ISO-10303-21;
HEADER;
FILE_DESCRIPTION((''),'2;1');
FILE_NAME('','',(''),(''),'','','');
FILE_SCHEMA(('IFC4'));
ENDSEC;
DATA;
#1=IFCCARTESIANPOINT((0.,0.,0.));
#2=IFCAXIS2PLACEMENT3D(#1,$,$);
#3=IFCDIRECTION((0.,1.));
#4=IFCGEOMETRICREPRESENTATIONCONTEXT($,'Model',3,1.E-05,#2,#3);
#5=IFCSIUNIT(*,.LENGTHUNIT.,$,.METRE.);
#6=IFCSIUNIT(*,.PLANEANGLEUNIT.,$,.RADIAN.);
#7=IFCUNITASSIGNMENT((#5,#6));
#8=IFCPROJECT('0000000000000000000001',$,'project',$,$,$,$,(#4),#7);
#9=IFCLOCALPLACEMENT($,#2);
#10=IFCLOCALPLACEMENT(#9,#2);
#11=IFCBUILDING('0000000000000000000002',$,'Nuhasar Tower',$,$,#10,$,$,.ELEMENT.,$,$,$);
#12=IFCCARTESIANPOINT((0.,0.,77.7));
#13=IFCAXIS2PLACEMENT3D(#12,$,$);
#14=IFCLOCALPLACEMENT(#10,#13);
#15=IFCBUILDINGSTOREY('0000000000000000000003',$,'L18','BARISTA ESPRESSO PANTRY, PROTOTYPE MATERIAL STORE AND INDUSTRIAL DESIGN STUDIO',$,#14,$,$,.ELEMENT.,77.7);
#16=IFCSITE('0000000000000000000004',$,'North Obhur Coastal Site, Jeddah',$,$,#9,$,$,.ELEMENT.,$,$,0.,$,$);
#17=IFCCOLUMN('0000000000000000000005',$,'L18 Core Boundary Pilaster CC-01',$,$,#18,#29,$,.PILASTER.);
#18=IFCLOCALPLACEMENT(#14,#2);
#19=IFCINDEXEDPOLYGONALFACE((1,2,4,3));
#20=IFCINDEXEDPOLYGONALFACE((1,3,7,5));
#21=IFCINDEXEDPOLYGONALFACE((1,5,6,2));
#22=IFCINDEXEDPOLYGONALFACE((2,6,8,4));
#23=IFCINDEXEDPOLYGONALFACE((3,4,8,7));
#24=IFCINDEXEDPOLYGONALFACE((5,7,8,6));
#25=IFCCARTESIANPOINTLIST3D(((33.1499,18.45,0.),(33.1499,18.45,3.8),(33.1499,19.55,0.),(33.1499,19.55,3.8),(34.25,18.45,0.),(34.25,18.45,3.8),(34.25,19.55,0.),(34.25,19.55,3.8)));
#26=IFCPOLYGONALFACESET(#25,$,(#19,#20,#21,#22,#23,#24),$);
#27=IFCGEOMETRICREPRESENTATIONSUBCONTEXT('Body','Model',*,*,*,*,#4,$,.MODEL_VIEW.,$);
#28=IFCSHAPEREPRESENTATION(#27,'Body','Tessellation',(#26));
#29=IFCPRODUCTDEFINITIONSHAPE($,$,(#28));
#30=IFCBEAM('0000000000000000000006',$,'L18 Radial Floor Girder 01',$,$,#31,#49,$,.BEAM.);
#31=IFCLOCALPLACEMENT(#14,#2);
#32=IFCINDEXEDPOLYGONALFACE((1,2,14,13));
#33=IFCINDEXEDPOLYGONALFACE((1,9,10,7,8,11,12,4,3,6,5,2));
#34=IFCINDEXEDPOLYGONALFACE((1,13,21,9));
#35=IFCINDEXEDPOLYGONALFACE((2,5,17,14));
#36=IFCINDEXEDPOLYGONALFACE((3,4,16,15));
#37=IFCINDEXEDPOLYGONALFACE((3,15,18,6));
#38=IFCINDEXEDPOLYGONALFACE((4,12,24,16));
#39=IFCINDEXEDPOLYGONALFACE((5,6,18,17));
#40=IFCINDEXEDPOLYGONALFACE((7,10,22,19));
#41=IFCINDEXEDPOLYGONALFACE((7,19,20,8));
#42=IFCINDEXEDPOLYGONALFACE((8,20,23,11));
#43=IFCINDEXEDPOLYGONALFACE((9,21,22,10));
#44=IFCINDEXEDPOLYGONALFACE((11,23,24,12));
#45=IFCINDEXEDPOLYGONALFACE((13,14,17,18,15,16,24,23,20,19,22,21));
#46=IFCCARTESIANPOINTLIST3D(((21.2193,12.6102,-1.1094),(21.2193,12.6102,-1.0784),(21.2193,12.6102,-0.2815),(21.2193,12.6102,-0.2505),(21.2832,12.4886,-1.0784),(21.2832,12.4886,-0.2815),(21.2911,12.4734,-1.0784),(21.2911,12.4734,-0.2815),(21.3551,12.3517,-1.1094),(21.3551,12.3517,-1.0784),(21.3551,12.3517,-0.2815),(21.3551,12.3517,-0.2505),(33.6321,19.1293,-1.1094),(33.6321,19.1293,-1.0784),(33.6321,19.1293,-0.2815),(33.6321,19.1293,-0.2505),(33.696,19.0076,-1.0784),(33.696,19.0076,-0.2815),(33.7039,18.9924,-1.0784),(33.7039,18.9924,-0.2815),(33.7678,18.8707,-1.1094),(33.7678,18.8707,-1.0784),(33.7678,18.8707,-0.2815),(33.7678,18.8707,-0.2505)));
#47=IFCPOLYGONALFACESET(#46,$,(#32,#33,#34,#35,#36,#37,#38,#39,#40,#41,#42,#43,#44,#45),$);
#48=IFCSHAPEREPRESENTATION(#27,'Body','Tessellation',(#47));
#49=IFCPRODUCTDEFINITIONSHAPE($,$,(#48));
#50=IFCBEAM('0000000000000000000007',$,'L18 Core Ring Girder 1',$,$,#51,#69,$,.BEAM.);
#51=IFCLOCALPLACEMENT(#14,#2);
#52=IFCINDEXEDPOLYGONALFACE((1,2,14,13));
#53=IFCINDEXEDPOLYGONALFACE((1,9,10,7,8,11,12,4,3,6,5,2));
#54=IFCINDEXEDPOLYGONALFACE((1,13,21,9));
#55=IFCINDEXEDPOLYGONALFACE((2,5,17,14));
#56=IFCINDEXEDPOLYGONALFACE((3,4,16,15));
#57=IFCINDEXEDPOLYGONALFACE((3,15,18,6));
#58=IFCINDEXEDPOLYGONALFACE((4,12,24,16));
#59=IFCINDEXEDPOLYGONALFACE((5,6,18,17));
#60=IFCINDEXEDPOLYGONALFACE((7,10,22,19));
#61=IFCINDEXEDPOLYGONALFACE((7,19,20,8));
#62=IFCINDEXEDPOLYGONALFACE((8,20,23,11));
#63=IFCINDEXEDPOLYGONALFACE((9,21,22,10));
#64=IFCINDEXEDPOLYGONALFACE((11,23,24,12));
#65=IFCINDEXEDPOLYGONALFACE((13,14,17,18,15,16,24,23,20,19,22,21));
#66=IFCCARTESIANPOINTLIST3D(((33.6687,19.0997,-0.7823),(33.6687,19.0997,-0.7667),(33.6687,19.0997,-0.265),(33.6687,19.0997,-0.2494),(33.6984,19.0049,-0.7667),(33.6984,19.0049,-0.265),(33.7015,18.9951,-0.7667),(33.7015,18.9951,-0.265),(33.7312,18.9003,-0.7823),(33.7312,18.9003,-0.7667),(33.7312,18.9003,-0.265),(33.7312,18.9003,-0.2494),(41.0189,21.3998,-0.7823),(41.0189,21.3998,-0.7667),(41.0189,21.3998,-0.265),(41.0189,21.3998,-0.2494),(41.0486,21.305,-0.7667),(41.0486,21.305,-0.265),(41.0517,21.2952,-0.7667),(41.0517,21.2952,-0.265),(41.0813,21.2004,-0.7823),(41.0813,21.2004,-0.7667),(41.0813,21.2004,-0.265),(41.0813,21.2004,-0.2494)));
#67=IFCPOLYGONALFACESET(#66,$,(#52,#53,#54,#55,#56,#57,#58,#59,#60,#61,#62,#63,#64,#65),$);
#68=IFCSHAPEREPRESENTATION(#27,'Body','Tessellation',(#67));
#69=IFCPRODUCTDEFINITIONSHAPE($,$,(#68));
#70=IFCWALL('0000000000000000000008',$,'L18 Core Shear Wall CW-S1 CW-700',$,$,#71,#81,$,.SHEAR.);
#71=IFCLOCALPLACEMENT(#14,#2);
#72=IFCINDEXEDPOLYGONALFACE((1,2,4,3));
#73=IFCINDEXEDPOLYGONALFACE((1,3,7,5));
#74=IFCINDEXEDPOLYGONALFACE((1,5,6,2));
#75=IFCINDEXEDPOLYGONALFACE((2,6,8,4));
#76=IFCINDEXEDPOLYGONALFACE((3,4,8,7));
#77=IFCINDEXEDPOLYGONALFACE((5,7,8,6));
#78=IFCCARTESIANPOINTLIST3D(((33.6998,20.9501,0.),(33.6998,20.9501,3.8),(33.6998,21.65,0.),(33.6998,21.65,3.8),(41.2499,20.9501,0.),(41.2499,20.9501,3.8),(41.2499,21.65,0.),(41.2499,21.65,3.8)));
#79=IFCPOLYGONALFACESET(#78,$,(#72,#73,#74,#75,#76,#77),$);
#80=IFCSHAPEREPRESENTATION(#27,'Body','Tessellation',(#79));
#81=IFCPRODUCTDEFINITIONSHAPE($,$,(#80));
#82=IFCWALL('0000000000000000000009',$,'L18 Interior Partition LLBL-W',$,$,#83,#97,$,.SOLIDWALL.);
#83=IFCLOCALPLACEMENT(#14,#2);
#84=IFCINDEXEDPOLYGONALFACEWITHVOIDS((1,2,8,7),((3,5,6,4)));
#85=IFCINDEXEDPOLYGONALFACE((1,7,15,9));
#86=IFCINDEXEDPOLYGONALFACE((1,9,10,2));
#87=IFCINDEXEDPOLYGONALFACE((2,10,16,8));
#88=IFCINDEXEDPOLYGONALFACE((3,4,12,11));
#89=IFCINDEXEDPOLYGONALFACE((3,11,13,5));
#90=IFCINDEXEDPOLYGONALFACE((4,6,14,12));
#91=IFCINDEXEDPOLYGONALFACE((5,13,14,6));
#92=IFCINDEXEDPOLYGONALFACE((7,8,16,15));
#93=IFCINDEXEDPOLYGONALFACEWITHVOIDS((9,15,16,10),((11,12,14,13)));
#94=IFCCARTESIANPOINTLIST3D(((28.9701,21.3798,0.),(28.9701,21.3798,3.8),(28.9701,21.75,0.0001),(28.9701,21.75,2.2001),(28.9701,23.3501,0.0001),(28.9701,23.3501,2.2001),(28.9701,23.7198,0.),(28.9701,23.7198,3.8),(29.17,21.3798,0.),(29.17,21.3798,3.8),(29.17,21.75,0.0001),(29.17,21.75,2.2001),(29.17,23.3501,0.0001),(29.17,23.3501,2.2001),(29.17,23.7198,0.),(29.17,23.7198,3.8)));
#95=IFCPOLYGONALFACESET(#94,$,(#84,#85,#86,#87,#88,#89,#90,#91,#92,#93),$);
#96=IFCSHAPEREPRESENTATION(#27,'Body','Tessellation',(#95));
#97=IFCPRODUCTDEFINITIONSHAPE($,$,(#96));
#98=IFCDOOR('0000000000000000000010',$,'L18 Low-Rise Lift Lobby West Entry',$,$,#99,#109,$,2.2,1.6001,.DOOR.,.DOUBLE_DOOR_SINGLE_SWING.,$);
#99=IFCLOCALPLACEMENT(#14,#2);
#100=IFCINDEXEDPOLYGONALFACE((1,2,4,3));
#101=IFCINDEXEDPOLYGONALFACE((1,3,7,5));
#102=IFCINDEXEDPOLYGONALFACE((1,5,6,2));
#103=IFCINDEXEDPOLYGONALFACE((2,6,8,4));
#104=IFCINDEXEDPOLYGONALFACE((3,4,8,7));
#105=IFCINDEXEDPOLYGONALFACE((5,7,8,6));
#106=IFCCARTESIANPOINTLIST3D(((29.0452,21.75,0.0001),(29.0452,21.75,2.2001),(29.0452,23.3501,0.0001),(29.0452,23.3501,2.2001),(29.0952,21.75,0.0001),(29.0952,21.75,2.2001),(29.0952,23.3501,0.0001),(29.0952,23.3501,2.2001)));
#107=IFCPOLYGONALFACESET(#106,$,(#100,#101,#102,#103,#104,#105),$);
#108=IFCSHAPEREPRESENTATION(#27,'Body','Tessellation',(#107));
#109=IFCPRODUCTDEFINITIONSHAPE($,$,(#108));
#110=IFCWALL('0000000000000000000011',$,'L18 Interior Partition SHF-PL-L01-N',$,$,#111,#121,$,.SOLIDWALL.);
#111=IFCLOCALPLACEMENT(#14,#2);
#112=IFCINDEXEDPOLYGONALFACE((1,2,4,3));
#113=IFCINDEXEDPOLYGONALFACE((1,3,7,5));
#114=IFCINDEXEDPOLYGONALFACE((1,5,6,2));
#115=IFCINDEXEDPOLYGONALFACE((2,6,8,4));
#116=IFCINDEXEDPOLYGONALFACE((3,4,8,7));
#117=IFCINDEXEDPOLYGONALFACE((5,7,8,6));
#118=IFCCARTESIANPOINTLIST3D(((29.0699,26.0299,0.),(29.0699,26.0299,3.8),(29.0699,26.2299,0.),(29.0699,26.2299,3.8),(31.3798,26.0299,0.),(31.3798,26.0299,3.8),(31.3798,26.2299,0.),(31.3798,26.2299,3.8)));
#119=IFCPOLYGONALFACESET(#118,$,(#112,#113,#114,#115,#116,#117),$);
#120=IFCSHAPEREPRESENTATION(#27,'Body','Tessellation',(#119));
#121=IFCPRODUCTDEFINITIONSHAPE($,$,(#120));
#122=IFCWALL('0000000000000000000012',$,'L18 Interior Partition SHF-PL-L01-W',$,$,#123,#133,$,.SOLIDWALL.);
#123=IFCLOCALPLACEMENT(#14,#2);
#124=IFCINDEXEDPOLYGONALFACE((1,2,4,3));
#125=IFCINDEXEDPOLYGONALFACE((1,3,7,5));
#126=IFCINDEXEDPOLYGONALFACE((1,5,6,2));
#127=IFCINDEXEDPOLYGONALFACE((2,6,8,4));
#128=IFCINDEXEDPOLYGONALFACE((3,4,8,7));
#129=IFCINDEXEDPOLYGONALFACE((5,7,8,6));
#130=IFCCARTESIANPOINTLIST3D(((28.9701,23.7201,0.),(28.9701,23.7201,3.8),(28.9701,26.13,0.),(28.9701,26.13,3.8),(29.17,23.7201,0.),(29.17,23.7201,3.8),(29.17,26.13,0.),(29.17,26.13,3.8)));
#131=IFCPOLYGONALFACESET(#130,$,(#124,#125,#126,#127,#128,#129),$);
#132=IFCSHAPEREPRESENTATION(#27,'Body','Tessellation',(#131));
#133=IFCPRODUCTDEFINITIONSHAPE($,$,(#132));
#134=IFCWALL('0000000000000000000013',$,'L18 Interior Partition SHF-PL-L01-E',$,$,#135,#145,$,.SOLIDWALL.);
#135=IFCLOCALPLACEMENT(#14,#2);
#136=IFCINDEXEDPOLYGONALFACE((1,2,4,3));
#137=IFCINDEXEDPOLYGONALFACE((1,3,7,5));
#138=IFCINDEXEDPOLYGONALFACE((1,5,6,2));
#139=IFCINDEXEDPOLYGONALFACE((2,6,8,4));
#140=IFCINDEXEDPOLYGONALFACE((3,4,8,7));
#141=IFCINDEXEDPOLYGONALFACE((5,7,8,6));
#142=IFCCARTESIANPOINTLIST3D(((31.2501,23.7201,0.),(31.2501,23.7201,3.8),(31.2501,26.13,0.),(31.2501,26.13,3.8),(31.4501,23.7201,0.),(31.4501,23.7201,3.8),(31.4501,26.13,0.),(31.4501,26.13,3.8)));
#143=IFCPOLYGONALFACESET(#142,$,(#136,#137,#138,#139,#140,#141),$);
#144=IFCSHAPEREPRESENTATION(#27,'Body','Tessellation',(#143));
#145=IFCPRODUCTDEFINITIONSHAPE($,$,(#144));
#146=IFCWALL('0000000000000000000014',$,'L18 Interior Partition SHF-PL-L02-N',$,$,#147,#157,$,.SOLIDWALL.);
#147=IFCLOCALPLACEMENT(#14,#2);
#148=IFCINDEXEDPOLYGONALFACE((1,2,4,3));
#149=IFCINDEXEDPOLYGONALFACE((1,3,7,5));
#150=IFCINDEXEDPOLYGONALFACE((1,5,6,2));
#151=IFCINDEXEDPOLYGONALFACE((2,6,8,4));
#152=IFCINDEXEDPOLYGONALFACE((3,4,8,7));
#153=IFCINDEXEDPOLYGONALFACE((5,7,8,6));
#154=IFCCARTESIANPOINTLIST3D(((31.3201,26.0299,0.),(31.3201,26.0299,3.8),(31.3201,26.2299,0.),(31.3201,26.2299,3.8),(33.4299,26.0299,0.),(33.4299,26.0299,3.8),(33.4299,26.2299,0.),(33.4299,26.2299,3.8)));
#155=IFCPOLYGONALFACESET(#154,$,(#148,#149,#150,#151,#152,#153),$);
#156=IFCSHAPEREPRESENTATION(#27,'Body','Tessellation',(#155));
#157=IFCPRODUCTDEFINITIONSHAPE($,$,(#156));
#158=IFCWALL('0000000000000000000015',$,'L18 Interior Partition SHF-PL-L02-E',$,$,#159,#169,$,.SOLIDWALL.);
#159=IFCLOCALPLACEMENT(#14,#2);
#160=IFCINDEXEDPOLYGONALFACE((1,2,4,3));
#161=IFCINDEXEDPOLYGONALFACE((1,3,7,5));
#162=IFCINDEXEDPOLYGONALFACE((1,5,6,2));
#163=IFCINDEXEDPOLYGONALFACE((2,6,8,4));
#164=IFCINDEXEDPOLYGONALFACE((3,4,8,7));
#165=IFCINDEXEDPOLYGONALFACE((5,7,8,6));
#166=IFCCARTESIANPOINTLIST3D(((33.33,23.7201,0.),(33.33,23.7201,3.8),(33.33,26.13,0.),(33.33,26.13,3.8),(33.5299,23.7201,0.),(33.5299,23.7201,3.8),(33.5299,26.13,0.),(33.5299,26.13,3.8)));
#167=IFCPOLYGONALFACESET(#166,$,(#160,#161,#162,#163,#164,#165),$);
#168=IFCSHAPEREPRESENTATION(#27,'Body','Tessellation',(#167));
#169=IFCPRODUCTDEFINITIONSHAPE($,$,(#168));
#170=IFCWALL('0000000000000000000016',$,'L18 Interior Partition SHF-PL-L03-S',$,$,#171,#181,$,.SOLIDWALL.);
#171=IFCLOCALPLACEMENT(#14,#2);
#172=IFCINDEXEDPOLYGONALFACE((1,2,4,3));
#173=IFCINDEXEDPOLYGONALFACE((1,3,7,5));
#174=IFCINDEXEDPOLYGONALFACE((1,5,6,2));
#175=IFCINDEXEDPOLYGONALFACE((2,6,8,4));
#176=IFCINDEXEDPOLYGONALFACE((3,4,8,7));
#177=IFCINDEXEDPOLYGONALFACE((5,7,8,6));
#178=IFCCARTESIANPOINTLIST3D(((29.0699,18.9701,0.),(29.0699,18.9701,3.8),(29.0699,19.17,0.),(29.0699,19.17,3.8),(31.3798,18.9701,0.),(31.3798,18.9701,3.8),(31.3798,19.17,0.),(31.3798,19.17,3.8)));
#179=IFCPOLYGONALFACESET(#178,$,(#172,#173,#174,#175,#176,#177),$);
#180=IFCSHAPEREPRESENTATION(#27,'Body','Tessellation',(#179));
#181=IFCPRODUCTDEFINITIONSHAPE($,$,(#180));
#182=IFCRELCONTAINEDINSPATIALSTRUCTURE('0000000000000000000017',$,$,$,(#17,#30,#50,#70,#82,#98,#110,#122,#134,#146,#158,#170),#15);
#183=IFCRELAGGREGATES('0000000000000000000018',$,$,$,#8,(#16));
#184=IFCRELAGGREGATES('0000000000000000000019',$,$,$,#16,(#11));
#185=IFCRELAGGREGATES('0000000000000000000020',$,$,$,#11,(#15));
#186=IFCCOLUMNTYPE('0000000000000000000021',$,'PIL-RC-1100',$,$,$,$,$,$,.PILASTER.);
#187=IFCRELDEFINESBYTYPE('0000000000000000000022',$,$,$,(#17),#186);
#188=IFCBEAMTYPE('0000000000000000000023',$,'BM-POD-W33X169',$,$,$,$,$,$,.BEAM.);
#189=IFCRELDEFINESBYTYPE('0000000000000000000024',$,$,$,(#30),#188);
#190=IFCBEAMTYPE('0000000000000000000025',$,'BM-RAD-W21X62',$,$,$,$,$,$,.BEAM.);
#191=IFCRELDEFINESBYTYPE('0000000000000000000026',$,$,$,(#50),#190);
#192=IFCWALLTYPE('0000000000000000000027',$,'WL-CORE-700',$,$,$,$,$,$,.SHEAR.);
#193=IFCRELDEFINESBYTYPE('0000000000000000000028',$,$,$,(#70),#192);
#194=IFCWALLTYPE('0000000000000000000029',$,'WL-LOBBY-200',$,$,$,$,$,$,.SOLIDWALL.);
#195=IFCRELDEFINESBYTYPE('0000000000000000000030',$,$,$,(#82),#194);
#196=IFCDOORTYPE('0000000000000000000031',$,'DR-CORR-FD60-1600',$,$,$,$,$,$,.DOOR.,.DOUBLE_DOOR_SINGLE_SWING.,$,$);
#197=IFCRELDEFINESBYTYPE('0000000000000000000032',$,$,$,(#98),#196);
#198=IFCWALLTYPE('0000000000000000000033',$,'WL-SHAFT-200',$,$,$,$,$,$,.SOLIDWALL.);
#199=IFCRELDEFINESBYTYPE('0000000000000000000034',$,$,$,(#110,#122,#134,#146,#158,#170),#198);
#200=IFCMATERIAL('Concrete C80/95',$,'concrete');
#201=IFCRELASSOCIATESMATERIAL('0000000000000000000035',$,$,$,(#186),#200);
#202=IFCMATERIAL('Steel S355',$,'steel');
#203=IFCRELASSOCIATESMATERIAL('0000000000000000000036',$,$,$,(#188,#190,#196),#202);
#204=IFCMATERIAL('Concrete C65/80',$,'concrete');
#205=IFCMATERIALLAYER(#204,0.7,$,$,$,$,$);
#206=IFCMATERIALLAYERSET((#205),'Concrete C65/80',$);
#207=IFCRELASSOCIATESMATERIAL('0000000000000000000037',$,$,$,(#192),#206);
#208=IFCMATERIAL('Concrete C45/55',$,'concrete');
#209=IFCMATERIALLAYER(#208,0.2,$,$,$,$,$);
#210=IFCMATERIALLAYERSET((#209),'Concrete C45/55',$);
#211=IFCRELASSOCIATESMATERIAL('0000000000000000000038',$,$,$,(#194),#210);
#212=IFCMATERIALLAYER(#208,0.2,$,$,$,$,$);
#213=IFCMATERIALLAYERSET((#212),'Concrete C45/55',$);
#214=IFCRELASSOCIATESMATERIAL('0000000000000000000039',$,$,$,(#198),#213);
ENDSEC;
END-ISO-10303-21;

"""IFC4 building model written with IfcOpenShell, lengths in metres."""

from ifc_helpers import new_model, si_unit, direction, frame, frame_2d, origin, origin_2d, place, context, subcontext, project, spatial, rectangle, i_section, extrude, material, layer, layer_set, material_profile, profile_set, type_object, element, fill, save


model = new_model("IFC4")

# Units and contexts
model_context = context("Model", 3, precision=1e-05, world=origin(), true_north=direction((0.0, 1.0)))
body_context = subcontext(model_context, "Body", "Model", "MODEL_VIEW")
ifc_project = project(units=[si_unit("LENGTHUNIT", "METRE"), si_unit("PLANEANGLEUNIT", "RADIAN")], contexts=[model_context])

# Site, building, storey
site_placement = place(None, origin())
site = spatial("IfcSite", under=ifc_project, at=site_placement, Name="North Obhur Coastal Site, Jeddah", CompositionType="ELEMENT", RefElevation=0.0)
building_placement = place(site_placement, origin())
building = spatial("IfcBuilding", under=site, at=building_placement, Name="Nuhasar Tower", CompositionType="ELEMENT")
storey_placement = place(building_placement, frame((0.0, 0.0, 77.7)))
storey = spatial("IfcBuildingStorey", under=building, at=storey_placement, Name="L18", Description="BARISTA ESPRESSO PANTRY, PROTOTYPE MATERIAL STORE AND INDUSTRIAL DESIGN STUDIO", CompositionType="ELEMENT", Elevation=77.7)

# Column
ifc_material_1 = material(Name="Concrete C80/95", Category="concrete")
ifc_material_profile_1 = material_profile(ifc_material_1, rectangle(XDim=1.1001, YDim=1.1001, at=origin_2d()), Name="RC1100X1100")
ifc_profile_set_1 = profile_set([ifc_material_profile_1], Name="Concrete C80/95")
column_type = type_object("IfcColumnType", Name="PIL-RC-1100", PredefinedType="PILASTER", material=ifc_profile_set_1)
column_placement = place(storey_placement, frame((33.7, 19.0, 0.0), z_axis=(0.0, 0.0, 1.0), x_axis=(1.0, 0.0, 0.0)))
element("IfcColumn", 1, at=column_placement, inside=storey, type_object=column_type, Name="L18 Core Boundary Pilaster CC-01", PredefinedType="PILASTER", context=body_context, shape_type="SweptSolid", body=[
    extrude(rectangle(XDim=1.1001, YDim=1.1001, at=origin_2d()), origin(), (0.0, 0.0, 1.0), 3.8),
])

# Beams
ifc_material_2 = material(Name="Steel S355", Category="steel")
ifc_material_profile_2 = material_profile(ifc_material_2, i_section(OverallWidth=0.292, OverallDepth=0.8589, WebThickness=0.0171, FlangeThickness=0.031, at=origin_2d()), Name="W33X169")
ifc_profile_set_2 = profile_set([ifc_material_profile_2], Name="Steel S355")
beam_type_1 = type_object("IfcBeamType", Name="BM-POD-W33X169", PredefinedType="BEAM", material=ifc_profile_set_2)
beam_1_placement = place(storey_placement, frame((33.7, 19.0, -0.6799), z_axis=(-0.88533, -0.464963, 0.0), x_axis=(0.464963, -0.88533, 0.0)))
element("IfcBeam", 2, at=beam_1_placement, inside=storey, type_object=beam_type_1, Name="L18 Radial Floor Girder 01", PredefinedType="BEAM", context=body_context, shape_type="SweptSolid", body=[
    extrude(i_section(OverallWidth=0.292, OverallDepth=0.8589, WebThickness=0.0171, FlangeThickness=0.031, at=origin_2d()), origin(), (0.0, 0.0, 1.0), 14.0205),
])
ifc_material_profile_3 = material_profile(ifc_material_2, i_section(OverallWidth=0.209, OverallDepth=0.533, WebThickness=0.0103, FlangeThickness=0.0156, at=origin_2d()), Name="W21X62")
ifc_profile_set_3 = profile_set([ifc_material_profile_3], Name="Steel S355")
beam_type_2 = type_object("IfcBeamType", Name="BM-RAD-W21X62", PredefinedType="BEAM", material=ifc_profile_set_3)
beam_2_placement = place(storey_placement, frame((33.7, 19.0, -0.5159), z_axis=(0.954364, 0.298647, 0.0), x_axis=(-0.298647, 0.954364, 0.0)))
element("IfcBeam", 3, at=beam_2_placement, inside=storey, type_object=beam_type_2, Name="L18 Core Ring Girder 1", PredefinedType="BEAM", context=body_context, shape_type="SweptSolid", body=[
    extrude(i_section(OverallWidth=0.209, OverallDepth=0.533, WebThickness=0.0103, FlangeThickness=0.0156, at=origin_2d()), origin(), (0.0, 0.0, 1.0), 7.7017),
])

# Wall
ifc_material_3 = material(Name="Concrete C65/80", Category="concrete")
ifc_layer_1 = layer(ifc_material_3, 0.7)
ifc_layer_set_1 = layer_set([ifc_layer_1], Name="Concrete C65/80")
wall_type_1 = type_object("IfcWallType", Name="WL-CORE-700", PredefinedType="SHEAR", material=ifc_layer_set_1)
wall_1_placement = place(storey_placement, frame((33.7, 21.3, 0.0), z_axis=(0.0, 0.0, 1.0), x_axis=(1.0, 0.0, 0.0)))
element("IfcWall", 4, at=wall_1_placement, inside=storey, type_object=wall_type_1, Name="L18 Core Shear Wall CW-S1 CW-700", PredefinedType="SHEAR", context=body_context, shape_type="SweptSolid", body=[
    extrude(rectangle(XDim=7.55, YDim=0.7, at=frame_2d((3.7749, 0.0))), origin(), (0.0, 0.0, 1.0), 3.8),
])

# Wall, opening, door
ifc_material_4 = material(Name="Concrete C45/55", Category="concrete")
ifc_layer_2 = layer(ifc_material_4, 0.2)
ifc_layer_set_2 = layer_set([ifc_layer_2], Name="Concrete C45/55")
wall_type_2 = type_object("IfcWallType", Name="WL-LOBBY-200", PredefinedType="SOLIDWALL", material=ifc_layer_set_2)
wall_2_placement = place(storey_placement, frame((29.0701, 21.3799, 0.0), z_axis=(0.0, 0.0, 1.0), x_axis=(0.0, 1.0, 0.0)))
wall_2 = element("IfcWall", 5, at=wall_2_placement, inside=storey, type_object=wall_type_2, Name="L18 Interior Partition LLBL-W", PredefinedType="SOLIDWALL", context=body_context, shape_type="SweptSolid", body=[
    extrude(rectangle(XDim=2.3401, YDim=0.2, at=frame_2d((1.1699, 0.0))), origin(), (0.0, 0.0, 1.0), 3.8),
])
opening_1_placement = place(wall_2_placement, frame((0.3701, 0.0, 0.0)))
opening_1 = element("IfcOpeningElement", 6, at=opening_1_placement, cuts=wall_2, PredefinedType="OPENING", context=body_context, shape_type="SweptSolid", body=[
    extrude(rectangle(XDim=1.6001, YDim=2.2, at=frame_2d((0.8, 1.1001))), frame((0.0, 0.1099, 0.0), z_axis=(0.0, -1.0, 0.0), x_axis=(1.0, 0.0, 0.0)), (0.0, 0.0, 1.0), 0.22),
])
door_type_1 = type_object("IfcDoorType", Name="DR-CORR-FD60-1600", OperationType="DOUBLE_DOOR_SINGLE_SWING", PredefinedType="DOOR", material=ifc_material_2)
door_1_placement = place(opening_1_placement, origin())
door_1 = element("IfcDoor", 7, at=door_1_placement, inside=storey, type_object=door_type_1, Name="L18 Low-Rise Lift Lobby West Entry", OperationType="DOUBLE_DOOR_SINGLE_SWING", OverallHeight=2.2, OverallWidth=1.6001, PredefinedType="DOOR", context=body_context, shape_type="SweptSolid", body=[
    extrude(rectangle(XDim=1.6001, YDim=2.2, at=frame_2d((0.8, 1.1001))), frame((0.0, 0.0249, 0.0), z_axis=(0.0, -1.0, 0.0), x_axis=(1.0, 0.0, 0.0)), (0.0, 0.0, 1.0), 0.05),
])
fill(opening_1, door_1)
ifc_layer_3 = layer(ifc_material_4, 0.2)
ifc_layer_set_3 = layer_set([ifc_layer_3], Name="Concrete C45/55")
wall_type_3 = type_object("IfcWallType", Name="WL-SHAFT-200", PredefinedType="SOLIDWALL", material=ifc_layer_set_3)

# Walls
wall_3_placement = place(storey_placement, frame((29.0701, 26.1299, 0.0), z_axis=(0.0, 0.0, 1.0), x_axis=(1.0, 0.0, 0.0)))
element("IfcWall", 8, at=wall_3_placement, inside=storey, type_object=wall_type_3, Name="L18 Interior Partition SHF-PL-L01-N", PredefinedType="SOLIDWALL", context=body_context, shape_type="SweptSolid", body=[
    extrude(rectangle(XDim=2.3098, YDim=0.2, at=frame_2d((1.1548, 0.0))), origin(), (0.0, 0.0, 1.0), 3.8),
])
for number, where, z_axis, x_axis, name in (
    (9, (29.0701, 23.72, 0.0), (0.0, 0.0, 1.0), (0.0, 1.0, 0.0), "L18 Interior Partition SHF-PL-L01-W"),
    (10, (31.3501, 23.72, 0.0), (0.0, 0.0, 1.0), (0.0, 1.0, 0.0), "L18 Interior Partition SHF-PL-L01-E"),
):
    element("IfcWall", number, at=place(storey_placement, frame(where, z_axis=z_axis, x_axis=x_axis)), inside=storey, type_object=wall_type_3, Name=name, PredefinedType="SOLIDWALL", context=body_context, shape_type="SweptSolid", body=[
        extrude(rectangle(XDim=2.4099, YDim=0.2, at=frame_2d((1.2051, 0.0))), origin(), (0.0, 0.0, 1.0), 3.8),
    ])

# Walls
wall_4_placement = place(storey_placement, frame((31.3201, 26.1299, 0.0), z_axis=(0.0, 0.0, 1.0), x_axis=(1.0, 0.0, 0.0)))
element("IfcWall", 11, at=wall_4_placement, inside=storey, type_object=wall_type_3, Name="L18 Interior Partition SHF-PL-L02-N", PredefinedType="SOLIDWALL", context=body_context, shape_type="SweptSolid", body=[
    extrude(rectangle(XDim=2.1099, YDim=0.2, at=frame_2d((1.0549, 0.0))), origin(), (0.0, 0.0, 1.0), 3.8),
])
wall_5_placement = place(storey_placement, frame((33.4299, 23.72, 0.0), z_axis=(0.0, 0.0, 1.0), x_axis=(0.0, 1.0, 0.0)))
element("IfcWall", 12, at=wall_5_placement, inside=storey, type_object=wall_type_3, Name="L18 Interior Partition SHF-PL-L02-E", PredefinedType="SOLIDWALL", context=body_context, shape_type="SweptSolid", body=[
    extrude(rectangle(XDim=2.4099, YDim=0.2, at=frame_2d((1.2051, 0.0))), origin(), (0.0, 0.0, 1.0), 3.8),
])
wall_6_placement = place(storey_placement, frame((29.0701, 19.0701, 0.0), z_axis=(0.0, 0.0, 1.0), x_axis=(1.0, 0.0, 0.0)))
element("IfcWall", 13, at=wall_6_placement, inside=storey, type_object=wall_type_3, Name="L18 Interior Partition SHF-PL-L03-S", PredefinedType="SOLIDWALL", context=body_context, shape_type="SweptSolid", body=[
    extrude(rectangle(XDim=2.3098, YDim=0.2, at=frame_2d((1.1548, 0.0))), origin(), (0.0, 0.0, 1.0), 3.8),
])

save(model, "model.ifc")
